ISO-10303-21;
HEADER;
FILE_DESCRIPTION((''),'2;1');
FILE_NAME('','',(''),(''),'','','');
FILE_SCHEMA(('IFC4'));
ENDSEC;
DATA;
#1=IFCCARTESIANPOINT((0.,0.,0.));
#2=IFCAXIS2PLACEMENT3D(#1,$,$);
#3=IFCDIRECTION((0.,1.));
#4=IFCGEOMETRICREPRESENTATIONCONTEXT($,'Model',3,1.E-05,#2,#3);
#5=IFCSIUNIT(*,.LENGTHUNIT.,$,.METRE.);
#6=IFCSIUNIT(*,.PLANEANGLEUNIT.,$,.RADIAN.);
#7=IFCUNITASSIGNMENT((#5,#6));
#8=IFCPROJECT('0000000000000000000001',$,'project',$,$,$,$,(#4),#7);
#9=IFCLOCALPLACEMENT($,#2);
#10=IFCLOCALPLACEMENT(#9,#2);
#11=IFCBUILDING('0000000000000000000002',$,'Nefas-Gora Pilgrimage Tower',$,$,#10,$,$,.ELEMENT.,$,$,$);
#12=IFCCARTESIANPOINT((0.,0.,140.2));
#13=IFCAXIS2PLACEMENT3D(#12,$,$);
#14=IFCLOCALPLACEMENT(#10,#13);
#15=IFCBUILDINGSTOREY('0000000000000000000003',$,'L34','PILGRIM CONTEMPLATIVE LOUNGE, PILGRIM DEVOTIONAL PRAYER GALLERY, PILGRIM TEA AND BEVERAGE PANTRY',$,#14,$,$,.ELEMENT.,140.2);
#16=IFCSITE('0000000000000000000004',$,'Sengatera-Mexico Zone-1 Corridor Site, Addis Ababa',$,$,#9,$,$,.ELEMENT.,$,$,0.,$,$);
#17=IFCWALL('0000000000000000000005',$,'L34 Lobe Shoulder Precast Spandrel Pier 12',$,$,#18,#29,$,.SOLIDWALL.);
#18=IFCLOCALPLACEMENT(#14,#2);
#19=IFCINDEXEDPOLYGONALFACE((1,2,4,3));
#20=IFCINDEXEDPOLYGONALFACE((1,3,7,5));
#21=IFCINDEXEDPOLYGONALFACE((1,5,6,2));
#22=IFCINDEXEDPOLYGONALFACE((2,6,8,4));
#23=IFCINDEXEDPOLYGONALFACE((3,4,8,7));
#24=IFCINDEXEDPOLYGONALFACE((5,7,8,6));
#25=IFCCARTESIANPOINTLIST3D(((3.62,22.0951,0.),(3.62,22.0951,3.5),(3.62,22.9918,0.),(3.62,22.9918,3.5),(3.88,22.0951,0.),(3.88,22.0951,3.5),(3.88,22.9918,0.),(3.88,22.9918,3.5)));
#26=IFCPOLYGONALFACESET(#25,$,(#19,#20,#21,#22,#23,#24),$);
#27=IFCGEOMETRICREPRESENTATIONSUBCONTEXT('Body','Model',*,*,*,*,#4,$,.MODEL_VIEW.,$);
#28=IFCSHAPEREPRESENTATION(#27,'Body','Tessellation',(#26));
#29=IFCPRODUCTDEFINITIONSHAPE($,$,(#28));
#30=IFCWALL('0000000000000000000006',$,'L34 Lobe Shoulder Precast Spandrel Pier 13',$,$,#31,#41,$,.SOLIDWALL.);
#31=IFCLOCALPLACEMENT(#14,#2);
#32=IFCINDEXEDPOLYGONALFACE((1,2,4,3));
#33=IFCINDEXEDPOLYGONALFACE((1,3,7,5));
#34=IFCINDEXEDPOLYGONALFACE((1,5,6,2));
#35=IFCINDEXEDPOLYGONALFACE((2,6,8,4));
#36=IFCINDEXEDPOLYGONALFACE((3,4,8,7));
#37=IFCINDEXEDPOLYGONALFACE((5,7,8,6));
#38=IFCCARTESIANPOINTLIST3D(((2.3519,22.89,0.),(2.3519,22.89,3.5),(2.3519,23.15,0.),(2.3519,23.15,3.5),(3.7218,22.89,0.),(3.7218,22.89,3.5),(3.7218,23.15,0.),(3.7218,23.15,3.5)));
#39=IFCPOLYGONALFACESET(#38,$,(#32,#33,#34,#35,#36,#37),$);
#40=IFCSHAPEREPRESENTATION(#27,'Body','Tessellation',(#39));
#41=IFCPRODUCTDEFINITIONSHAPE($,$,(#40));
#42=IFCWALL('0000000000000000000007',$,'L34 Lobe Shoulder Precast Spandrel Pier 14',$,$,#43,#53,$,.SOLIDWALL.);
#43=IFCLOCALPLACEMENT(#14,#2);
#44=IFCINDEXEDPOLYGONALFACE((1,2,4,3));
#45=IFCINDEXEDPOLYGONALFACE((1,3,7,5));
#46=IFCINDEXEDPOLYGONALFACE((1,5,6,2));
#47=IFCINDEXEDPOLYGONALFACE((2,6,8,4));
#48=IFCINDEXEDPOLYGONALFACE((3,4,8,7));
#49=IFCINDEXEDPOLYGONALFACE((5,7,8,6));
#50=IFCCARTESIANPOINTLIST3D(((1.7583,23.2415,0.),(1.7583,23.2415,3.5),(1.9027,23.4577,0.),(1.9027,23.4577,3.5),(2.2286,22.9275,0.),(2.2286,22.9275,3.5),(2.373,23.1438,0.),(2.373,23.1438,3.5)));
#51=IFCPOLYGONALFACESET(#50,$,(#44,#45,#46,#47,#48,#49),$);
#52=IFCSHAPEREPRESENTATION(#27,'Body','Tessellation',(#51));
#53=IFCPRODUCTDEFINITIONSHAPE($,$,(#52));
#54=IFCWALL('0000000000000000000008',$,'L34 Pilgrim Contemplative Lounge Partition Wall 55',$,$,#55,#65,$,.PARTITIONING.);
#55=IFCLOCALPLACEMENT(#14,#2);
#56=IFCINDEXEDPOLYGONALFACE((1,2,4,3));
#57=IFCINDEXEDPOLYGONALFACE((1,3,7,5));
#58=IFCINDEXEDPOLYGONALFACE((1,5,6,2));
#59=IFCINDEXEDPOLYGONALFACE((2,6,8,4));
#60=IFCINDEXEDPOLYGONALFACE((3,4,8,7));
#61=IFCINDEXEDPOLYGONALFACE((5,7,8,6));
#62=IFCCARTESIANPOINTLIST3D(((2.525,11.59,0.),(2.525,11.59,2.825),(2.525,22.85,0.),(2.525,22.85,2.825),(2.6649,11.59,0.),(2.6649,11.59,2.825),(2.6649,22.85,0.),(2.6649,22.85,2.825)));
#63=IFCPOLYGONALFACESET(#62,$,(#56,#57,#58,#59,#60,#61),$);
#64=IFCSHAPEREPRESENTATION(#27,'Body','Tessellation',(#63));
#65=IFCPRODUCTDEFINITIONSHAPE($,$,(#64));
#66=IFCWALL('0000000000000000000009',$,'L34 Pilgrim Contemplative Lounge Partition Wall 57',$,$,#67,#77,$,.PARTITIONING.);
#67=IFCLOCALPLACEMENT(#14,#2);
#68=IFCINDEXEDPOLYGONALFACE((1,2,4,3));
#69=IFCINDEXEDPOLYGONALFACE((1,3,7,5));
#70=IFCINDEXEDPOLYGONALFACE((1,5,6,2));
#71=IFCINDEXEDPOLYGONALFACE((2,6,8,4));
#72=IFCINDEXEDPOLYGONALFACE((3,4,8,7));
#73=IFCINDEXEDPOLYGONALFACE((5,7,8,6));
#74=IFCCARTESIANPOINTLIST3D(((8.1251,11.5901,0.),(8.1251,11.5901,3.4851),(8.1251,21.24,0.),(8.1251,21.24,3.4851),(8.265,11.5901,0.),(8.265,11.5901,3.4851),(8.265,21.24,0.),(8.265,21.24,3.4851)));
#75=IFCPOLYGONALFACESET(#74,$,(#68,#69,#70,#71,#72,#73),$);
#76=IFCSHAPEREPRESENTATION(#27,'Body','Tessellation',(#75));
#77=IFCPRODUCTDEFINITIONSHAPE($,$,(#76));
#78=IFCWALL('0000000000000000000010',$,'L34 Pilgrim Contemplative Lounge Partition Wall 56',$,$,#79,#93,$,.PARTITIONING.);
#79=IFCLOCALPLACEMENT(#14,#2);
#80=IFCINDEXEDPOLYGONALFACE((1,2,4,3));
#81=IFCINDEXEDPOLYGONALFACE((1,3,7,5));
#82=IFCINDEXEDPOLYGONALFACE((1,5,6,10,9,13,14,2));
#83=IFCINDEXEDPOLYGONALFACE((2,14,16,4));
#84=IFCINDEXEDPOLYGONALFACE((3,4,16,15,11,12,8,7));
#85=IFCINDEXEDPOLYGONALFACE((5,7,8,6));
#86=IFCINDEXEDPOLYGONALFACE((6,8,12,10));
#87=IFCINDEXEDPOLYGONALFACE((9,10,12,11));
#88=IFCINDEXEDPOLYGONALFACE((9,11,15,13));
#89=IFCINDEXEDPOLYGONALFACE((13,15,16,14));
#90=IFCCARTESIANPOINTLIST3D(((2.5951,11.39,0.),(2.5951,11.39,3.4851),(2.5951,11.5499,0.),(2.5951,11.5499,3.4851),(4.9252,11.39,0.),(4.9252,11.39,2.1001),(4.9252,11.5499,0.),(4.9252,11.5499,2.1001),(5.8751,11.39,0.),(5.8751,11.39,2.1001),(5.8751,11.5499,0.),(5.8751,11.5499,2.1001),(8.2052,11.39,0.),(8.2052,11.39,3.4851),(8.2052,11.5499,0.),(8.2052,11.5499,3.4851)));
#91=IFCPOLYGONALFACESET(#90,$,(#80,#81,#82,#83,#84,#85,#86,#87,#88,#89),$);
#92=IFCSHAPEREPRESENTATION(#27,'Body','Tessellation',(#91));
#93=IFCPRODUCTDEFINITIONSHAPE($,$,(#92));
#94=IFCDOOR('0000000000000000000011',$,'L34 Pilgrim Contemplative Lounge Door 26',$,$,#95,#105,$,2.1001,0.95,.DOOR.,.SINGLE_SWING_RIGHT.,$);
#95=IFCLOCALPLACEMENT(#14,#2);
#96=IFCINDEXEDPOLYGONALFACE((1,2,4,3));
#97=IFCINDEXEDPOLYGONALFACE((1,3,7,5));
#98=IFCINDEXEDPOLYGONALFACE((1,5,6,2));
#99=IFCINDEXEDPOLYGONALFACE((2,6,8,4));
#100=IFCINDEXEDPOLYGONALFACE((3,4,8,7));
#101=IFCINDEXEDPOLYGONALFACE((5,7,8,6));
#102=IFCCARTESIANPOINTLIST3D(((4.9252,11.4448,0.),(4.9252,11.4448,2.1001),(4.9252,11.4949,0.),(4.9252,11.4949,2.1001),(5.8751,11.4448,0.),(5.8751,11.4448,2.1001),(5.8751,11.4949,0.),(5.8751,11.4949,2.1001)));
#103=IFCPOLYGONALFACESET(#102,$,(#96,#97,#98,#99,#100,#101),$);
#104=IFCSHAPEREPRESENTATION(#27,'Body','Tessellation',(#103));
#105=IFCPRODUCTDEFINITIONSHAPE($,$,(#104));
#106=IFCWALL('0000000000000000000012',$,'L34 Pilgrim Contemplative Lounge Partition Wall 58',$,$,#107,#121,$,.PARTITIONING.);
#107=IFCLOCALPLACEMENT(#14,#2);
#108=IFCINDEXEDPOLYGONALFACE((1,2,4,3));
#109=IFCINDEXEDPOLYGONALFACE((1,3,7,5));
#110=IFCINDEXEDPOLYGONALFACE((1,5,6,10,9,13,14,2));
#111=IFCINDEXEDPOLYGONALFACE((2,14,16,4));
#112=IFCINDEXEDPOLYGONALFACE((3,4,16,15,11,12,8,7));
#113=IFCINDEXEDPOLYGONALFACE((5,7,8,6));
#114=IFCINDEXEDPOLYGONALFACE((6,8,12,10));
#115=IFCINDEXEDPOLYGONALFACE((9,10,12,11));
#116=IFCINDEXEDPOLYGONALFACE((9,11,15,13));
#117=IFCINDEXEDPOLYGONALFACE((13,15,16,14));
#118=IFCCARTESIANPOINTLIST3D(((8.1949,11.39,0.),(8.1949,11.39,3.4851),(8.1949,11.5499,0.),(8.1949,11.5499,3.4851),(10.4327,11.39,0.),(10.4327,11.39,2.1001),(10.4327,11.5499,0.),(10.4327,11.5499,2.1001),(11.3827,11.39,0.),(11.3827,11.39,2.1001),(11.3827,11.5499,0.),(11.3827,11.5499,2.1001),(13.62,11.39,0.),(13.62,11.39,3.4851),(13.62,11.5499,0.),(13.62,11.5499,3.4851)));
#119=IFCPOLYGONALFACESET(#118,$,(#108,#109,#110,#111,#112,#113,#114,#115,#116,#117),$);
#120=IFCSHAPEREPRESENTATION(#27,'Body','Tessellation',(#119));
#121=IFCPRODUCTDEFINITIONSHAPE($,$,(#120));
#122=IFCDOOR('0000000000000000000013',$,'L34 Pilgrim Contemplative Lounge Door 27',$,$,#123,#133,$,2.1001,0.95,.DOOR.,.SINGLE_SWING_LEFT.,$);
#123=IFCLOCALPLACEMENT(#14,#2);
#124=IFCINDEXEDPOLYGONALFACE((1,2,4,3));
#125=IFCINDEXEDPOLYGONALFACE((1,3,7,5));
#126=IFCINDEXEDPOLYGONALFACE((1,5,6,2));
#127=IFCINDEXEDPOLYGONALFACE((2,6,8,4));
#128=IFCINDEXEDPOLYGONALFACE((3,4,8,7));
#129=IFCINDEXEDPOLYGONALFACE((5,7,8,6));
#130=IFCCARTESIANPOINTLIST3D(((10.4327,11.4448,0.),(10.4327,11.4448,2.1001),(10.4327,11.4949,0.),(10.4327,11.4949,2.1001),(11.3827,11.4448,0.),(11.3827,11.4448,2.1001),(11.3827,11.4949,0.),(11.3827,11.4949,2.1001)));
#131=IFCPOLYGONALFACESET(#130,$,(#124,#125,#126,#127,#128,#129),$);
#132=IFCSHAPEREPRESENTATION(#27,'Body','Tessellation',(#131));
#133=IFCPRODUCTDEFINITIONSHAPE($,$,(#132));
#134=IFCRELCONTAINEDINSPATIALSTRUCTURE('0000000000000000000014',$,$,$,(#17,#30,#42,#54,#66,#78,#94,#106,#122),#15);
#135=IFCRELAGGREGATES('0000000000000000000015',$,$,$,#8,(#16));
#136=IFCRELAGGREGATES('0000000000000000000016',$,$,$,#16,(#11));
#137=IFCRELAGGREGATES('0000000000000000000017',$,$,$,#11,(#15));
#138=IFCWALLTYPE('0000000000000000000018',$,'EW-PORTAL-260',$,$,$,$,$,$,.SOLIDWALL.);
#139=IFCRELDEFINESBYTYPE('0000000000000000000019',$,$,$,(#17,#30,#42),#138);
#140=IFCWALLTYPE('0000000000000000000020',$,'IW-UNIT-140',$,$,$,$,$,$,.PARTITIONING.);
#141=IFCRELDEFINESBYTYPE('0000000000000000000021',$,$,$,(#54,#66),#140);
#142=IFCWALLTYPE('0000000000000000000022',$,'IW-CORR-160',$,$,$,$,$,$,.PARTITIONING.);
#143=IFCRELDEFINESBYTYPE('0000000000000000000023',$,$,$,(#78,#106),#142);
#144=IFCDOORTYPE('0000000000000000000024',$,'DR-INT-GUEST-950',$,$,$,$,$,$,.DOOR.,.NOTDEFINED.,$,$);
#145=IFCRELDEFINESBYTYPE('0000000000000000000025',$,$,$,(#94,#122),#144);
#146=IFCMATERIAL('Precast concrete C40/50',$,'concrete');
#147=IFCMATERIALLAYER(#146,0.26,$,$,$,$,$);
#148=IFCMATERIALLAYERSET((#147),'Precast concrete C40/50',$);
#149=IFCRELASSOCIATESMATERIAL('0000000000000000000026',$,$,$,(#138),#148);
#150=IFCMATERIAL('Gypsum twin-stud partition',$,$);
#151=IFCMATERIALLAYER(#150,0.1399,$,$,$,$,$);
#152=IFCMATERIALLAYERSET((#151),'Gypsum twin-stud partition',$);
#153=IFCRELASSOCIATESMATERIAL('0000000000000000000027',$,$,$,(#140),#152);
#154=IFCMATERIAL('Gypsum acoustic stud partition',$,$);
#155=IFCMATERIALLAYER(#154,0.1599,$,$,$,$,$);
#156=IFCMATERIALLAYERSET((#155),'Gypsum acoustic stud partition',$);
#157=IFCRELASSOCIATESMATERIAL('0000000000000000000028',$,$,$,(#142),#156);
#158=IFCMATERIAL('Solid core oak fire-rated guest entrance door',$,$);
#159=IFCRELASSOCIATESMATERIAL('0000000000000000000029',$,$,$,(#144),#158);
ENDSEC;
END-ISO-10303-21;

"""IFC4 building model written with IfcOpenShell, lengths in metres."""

from ifc_helpers import new_model, si_unit, direction, frame, frame_2d, origin, place, context, subcontext, project, spatial, rectangle, extrude, source, transform, mapped, material, layer, layer_set, type_object, element, fill, save


model = new_model("IFC4")

# Units and contexts
model_context = context("Model", 3, precision=1e-05, world=origin(), true_north=direction((0.0, 1.0)))
body_context = subcontext(model_context, "Body", "Model", "MODEL_VIEW")
ifc_project = project(units=[si_unit("LENGTHUNIT", "METRE"), si_unit("PLANEANGLEUNIT", "RADIAN")], contexts=[model_context])

# Site, building, storey
site_placement = place(None, origin())
site = spatial("IfcSite", under=ifc_project, at=site_placement, Name="Sengatera-Mexico Zone-1 Corridor Site, Addis Ababa", CompositionType="ELEMENT", RefElevation=0.0)
building_placement = place(site_placement, origin())
building = spatial("IfcBuilding", under=site, at=building_placement, Name="Nefas-Gora Pilgrimage Tower", CompositionType="ELEMENT")
storey_placement = place(building_placement, frame((0.0, 0.0, 140.2)))
storey = spatial("IfcBuildingStorey", under=building, at=storey_placement, Name="L34", Description="PILGRIM CONTEMPLATIVE LOUNGE, PILGRIM DEVOTIONAL PRAYER GALLERY, PILGRIM TEA AND BEVERAGE PANTRY", CompositionType="ELEMENT", Elevation=140.2)

# Walls
ifc_material_1 = material(Name="Precast concrete C40/50", Category="concrete")
ifc_layer_1 = layer(ifc_material_1, 0.26)
ifc_layer_set_1 = layer_set([ifc_layer_1], Name="Precast concrete C40/50")
wall_type_1 = type_object("IfcWallType", Name="EW-PORTAL-260", PredefinedType="SOLIDWALL", material=ifc_layer_set_1)
shared_shape_1 = source(origin(), body_context, "Body", "SweptSolid", [
    extrude(rectangle(XDim=0.8967, YDim=0.26, at=frame_2d((0.4482, 0.0))), origin(), (0.0, 0.0, 1.0), 3.5),
])
wall_1_placement = place(storey_placement, frame((3.75, 22.0952, 0.0), z_axis=(0.0, 0.0, 1.0), x_axis=(0.0, 1.0, 0.0)))
element("IfcWall", 1, at=wall_1_placement, inside=storey, type_object=wall_type_1, Name="L34 Lobe Shoulder Precast Spandrel Pier 12", PredefinedType="SOLIDWALL", context=body_context, shape_type="MappedRepresentation", body=[
    mapped(shared_shape_1, transform((0.0, 0.0, 0.0), x_axis=(1.0, 0.0, 0.0), y_axis=(0.0, 1.0, 0.0), z_axis=(0.0, 0.0, 1.0), scale=1.0)),
])
shared_shape_2 = source(origin(), body_context, "Body", "SweptSolid", [
    extrude(rectangle(XDim=1.3699, YDim=0.26, at=frame_2d((0.6851, 0.0))), origin(), (0.0, 0.0, 1.0), 3.5),
])
wall_2_placement = place(storey_placement, frame((3.7219, 23.02, 0.0), z_axis=(0.0, 0.0, 1.0), x_axis=(-1.0, 0.0, 0.0)))
element("IfcWall", 2, at=wall_2_placement, inside=storey, type_object=wall_type_1, Name="L34 Lobe Shoulder Precast Spandrel Pier 13", PredefinedType="SOLIDWALL", context=body_context, shape_type="MappedRepresentation", body=[
    mapped(shared_shape_2, transform((0.0, 0.0, 0.0), x_axis=(1.0, 0.0, 0.0), y_axis=(0.0, 1.0, 0.0), z_axis=(0.0, 0.0, 1.0), scale=1.0)),
])
shared_shape_3 = source(origin(), body_context, "Body", "SweptSolid", [
    extrude(rectangle(XDim=0.5654, YDim=0.26, at=frame_2d((0.2827, 0.0))), origin(), (0.0, 0.0, 1.0), 3.5),
])
wall_3_placement = place(storey_placement, frame((2.3008, 23.0356, 0.0), z_axis=(0.0, 0.0, 1.0), x_axis=(-0.831651, 0.555298, 0.0)))
element("IfcWall", 3, at=wall_3_placement, inside=storey, type_object=wall_type_1, Name="L34 Lobe Shoulder Precast Spandrel Pier 14", PredefinedType="SOLIDWALL", context=body_context, shape_type="MappedRepresentation", body=[
    mapped(shared_shape_3, transform((0.0, 0.0, 0.0), x_axis=(1.0, 0.0, 0.0), y_axis=(0.0, 1.0, 0.0), z_axis=(0.0, 0.0, 1.0), scale=1.0)),
])
ifc_material_2 = material(Name="Gypsum twin-stud partition")
ifc_layer_2 = layer(ifc_material_2, 0.1399)
ifc_layer_set_2 = layer_set([ifc_layer_2], Name="Gypsum twin-stud partition")
wall_type_2 = type_object("IfcWallType", Name="IW-UNIT-140", PredefinedType="PARTITIONING", material=ifc_layer_set_2)
shared_shape_4 = source(origin(), body_context, "Body", "SweptSolid", [
    extrude(rectangle(XDim=11.26, YDim=0.1399, at=frame_2d((5.6299, 0.0))), origin(), (0.0, 0.0, 1.0), 2.825),
])
wall_4_placement = place(storey_placement, frame((2.595, 11.5901, 0.0), z_axis=(0.0, 0.0, 1.0), x_axis=(0.0, 1.0, 0.0)))
element("IfcWall", 4, at=wall_4_placement, inside=storey, type_object=wall_type_2, Name="L34 Pilgrim Contemplative Lounge Partition Wall 55", PredefinedType="PARTITIONING", context=body_context, shape_type="MappedRepresentation", body=[
    mapped(shared_shape_4, transform((0.0, 0.0, 0.0), x_axis=(1.0, 0.0, 0.0), y_axis=(0.0, 1.0, 0.0), z_axis=(0.0, 0.0, 1.0), scale=1.0)),
])
shared_shape_5 = source(origin(), body_context, "Body", "SweptSolid", [
    extrude(rectangle(XDim=9.6499, YDim=0.1399, at=frame_2d((4.825, 0.0))), origin(), (0.0, 0.0, 1.0), 3.4851),
])
wall_5_placement = place(storey_placement, frame((8.1951, 11.5901, 0.0), z_axis=(0.0, 0.0, 1.0), x_axis=(0.0, 1.0, 0.0)))
element("IfcWall", 5, at=wall_5_placement, inside=storey, type_object=wall_type_2, Name="L34 Pilgrim Contemplative Lounge Partition Wall 57", PredefinedType="PARTITIONING", context=body_context, shape_type="MappedRepresentation", body=[
    mapped(shared_shape_5, transform((0.0, 0.0, 0.0), x_axis=(1.0, 0.0, 0.0), y_axis=(0.0, 1.0, 0.0), z_axis=(0.0, 0.0, 1.0), scale=1.0)),
])

# Walls, openings, doors
ifc_material_3 = material(Name="Gypsum acoustic stud partition")
ifc_layer_3 = layer(ifc_material_3, 0.1599)
ifc_layer_set_3 = layer_set([ifc_layer_3], Name="Gypsum acoustic stud partition")
wall_type_3 = type_object("IfcWallType", Name="IW-CORR-160", PredefinedType="PARTITIONING", material=ifc_layer_set_3)
shared_shape_6 = source(origin(), body_context, "Body", "SweptSolid", [
    extrude(rectangle(XDim=5.6101, YDim=0.1599, at=frame_2d((2.8052, 0.0))), origin(), (0.0, 0.0, 1.0), 3.4851),
])
wall_6_placement = place(storey_placement, frame((2.595, 11.47, 0.0), z_axis=(0.0, 0.0, 1.0), x_axis=(1.0, 0.0, 0.0)))
wall_6 = element("IfcWall", 6, at=wall_6_placement, inside=storey, type_object=wall_type_3, Name="L34 Pilgrim Contemplative Lounge Partition Wall 56", PredefinedType="PARTITIONING", context=body_context, shape_type="MappedRepresentation", body=[
    mapped(shared_shape_6, transform((0.0, 0.0, 0.0), x_axis=(1.0, 0.0, 0.0), y_axis=(0.0, 1.0, 0.0), z_axis=(0.0, 0.0, 1.0), scale=1.0)),
])
opening_1_placement = place(wall_6_placement, frame((2.3301, 0.0, 0.0)))
opening_1 = element("IfcOpeningElement", 7, at=opening_1_placement, cuts=wall_6, PredefinedType="OPENING", context=body_context, shape_type="SweptSolid", body=[
    extrude(rectangle(XDim=0.95, YDim=2.1001, at=frame_2d((0.4751, 1.05))), frame((0.0, 0.0898, 0.0), z_axis=(0.0, -1.0, 0.0), x_axis=(1.0, 0.0, 0.0)), (0.0, 0.0, 1.0), 0.1799),
])
ifc_material_4 = material(Name="Solid core oak fire-rated guest entrance door")
door_type = type_object("IfcDoorType", Name="DR-INT-GUEST-950", OperationType="NOTDEFINED", PredefinedType="DOOR", material=ifc_material_4)
shared_shape_7 = source(origin(), body_context, "Body", "SweptSolid", [
    extrude(rectangle(XDim=0.95, YDim=2.1001, at=frame_2d((0.4751, 1.05))), frame((0.0, 0.0249, 0.0), z_axis=(0.0, -1.0, 0.0), x_axis=(1.0, 0.0, 0.0)), (0.0, 0.0, 1.0), 0.05),
])
door_1_placement = place(opening_1_placement, origin())
door_1 = element("IfcDoor", 8, at=door_1_placement, inside=storey, type_object=door_type, Name="L34 Pilgrim Contemplative Lounge Door 26", OperationType="SINGLE_SWING_RIGHT", OverallHeight=2.1001, OverallWidth=0.95, PredefinedType="DOOR", context=body_context, shape_type="MappedRepresentation", body=[
    mapped(shared_shape_7, transform((0.0, 0.0, 0.0), x_axis=(1.0, 0.0, 0.0), y_axis=(0.0, 1.0, 0.0), z_axis=(0.0, 0.0, 1.0), scale=1.0)),
])
fill(opening_1, door_1)
shared_shape_8 = source(origin(), body_context, "Body", "SweptSolid", [
    extrude(rectangle(XDim=5.425, YDim=0.1599, at=frame_2d((2.7124, 0.0))), origin(), (0.0, 0.0, 1.0), 3.4851),
])
wall_7_placement = place(storey_placement, frame((8.1951, 11.47, 0.0), z_axis=(0.0, 0.0, 1.0), x_axis=(1.0, 0.0, 0.0)))
wall_7 = element("IfcWall", 9, at=wall_7_placement, inside=storey, type_object=wall_type_3, Name="L34 Pilgrim Contemplative Lounge Partition Wall 58", PredefinedType="PARTITIONING", context=body_context, shape_type="MappedRepresentation", body=[
    mapped(shared_shape_8, transform((0.0, 0.0, 0.0), x_axis=(1.0, 0.0, 0.0), y_axis=(0.0, 1.0, 0.0), z_axis=(0.0, 0.0, 1.0), scale=1.0)),
])
opening_2_placement = place(wall_7_placement, frame((2.2375, 0.0, 0.0)))
opening_2 = element("IfcOpeningElement", 10, at=opening_2_placement, cuts=wall_7, PredefinedType="OPENING", context=body_context, shape_type="SweptSolid", body=[
    extrude(rectangle(XDim=0.95, YDim=2.1001, at=frame_2d((0.4751, 1.05))), frame((0.0, 0.0898, 0.0), z_axis=(0.0, -1.0, 0.0), x_axis=(1.0, 0.0, 0.0)), (0.0, 0.0, 1.0), 0.1799),
])
door_2_placement = place(opening_2_placement, origin())
door_2 = element("IfcDoor", 11, at=door_2_placement, inside=storey, type_object=door_type, Name="L34 Pilgrim Contemplative Lounge Door 27", OperationType="SINGLE_SWING_LEFT", OverallHeight=2.1001, OverallWidth=0.95, PredefinedType="DOOR", context=body_context, shape_type="MappedRepresentation", body=[
    mapped(shared_shape_7, transform((0.0, 0.0, 0.0), x_axis=(1.0, 0.0, 0.0), y_axis=(0.0, 1.0, 0.0), z_axis=(0.0, 0.0, 1.0), scale=1.0)),
])
fill(opening_2, door_2)

save(model, "model.ifc")
